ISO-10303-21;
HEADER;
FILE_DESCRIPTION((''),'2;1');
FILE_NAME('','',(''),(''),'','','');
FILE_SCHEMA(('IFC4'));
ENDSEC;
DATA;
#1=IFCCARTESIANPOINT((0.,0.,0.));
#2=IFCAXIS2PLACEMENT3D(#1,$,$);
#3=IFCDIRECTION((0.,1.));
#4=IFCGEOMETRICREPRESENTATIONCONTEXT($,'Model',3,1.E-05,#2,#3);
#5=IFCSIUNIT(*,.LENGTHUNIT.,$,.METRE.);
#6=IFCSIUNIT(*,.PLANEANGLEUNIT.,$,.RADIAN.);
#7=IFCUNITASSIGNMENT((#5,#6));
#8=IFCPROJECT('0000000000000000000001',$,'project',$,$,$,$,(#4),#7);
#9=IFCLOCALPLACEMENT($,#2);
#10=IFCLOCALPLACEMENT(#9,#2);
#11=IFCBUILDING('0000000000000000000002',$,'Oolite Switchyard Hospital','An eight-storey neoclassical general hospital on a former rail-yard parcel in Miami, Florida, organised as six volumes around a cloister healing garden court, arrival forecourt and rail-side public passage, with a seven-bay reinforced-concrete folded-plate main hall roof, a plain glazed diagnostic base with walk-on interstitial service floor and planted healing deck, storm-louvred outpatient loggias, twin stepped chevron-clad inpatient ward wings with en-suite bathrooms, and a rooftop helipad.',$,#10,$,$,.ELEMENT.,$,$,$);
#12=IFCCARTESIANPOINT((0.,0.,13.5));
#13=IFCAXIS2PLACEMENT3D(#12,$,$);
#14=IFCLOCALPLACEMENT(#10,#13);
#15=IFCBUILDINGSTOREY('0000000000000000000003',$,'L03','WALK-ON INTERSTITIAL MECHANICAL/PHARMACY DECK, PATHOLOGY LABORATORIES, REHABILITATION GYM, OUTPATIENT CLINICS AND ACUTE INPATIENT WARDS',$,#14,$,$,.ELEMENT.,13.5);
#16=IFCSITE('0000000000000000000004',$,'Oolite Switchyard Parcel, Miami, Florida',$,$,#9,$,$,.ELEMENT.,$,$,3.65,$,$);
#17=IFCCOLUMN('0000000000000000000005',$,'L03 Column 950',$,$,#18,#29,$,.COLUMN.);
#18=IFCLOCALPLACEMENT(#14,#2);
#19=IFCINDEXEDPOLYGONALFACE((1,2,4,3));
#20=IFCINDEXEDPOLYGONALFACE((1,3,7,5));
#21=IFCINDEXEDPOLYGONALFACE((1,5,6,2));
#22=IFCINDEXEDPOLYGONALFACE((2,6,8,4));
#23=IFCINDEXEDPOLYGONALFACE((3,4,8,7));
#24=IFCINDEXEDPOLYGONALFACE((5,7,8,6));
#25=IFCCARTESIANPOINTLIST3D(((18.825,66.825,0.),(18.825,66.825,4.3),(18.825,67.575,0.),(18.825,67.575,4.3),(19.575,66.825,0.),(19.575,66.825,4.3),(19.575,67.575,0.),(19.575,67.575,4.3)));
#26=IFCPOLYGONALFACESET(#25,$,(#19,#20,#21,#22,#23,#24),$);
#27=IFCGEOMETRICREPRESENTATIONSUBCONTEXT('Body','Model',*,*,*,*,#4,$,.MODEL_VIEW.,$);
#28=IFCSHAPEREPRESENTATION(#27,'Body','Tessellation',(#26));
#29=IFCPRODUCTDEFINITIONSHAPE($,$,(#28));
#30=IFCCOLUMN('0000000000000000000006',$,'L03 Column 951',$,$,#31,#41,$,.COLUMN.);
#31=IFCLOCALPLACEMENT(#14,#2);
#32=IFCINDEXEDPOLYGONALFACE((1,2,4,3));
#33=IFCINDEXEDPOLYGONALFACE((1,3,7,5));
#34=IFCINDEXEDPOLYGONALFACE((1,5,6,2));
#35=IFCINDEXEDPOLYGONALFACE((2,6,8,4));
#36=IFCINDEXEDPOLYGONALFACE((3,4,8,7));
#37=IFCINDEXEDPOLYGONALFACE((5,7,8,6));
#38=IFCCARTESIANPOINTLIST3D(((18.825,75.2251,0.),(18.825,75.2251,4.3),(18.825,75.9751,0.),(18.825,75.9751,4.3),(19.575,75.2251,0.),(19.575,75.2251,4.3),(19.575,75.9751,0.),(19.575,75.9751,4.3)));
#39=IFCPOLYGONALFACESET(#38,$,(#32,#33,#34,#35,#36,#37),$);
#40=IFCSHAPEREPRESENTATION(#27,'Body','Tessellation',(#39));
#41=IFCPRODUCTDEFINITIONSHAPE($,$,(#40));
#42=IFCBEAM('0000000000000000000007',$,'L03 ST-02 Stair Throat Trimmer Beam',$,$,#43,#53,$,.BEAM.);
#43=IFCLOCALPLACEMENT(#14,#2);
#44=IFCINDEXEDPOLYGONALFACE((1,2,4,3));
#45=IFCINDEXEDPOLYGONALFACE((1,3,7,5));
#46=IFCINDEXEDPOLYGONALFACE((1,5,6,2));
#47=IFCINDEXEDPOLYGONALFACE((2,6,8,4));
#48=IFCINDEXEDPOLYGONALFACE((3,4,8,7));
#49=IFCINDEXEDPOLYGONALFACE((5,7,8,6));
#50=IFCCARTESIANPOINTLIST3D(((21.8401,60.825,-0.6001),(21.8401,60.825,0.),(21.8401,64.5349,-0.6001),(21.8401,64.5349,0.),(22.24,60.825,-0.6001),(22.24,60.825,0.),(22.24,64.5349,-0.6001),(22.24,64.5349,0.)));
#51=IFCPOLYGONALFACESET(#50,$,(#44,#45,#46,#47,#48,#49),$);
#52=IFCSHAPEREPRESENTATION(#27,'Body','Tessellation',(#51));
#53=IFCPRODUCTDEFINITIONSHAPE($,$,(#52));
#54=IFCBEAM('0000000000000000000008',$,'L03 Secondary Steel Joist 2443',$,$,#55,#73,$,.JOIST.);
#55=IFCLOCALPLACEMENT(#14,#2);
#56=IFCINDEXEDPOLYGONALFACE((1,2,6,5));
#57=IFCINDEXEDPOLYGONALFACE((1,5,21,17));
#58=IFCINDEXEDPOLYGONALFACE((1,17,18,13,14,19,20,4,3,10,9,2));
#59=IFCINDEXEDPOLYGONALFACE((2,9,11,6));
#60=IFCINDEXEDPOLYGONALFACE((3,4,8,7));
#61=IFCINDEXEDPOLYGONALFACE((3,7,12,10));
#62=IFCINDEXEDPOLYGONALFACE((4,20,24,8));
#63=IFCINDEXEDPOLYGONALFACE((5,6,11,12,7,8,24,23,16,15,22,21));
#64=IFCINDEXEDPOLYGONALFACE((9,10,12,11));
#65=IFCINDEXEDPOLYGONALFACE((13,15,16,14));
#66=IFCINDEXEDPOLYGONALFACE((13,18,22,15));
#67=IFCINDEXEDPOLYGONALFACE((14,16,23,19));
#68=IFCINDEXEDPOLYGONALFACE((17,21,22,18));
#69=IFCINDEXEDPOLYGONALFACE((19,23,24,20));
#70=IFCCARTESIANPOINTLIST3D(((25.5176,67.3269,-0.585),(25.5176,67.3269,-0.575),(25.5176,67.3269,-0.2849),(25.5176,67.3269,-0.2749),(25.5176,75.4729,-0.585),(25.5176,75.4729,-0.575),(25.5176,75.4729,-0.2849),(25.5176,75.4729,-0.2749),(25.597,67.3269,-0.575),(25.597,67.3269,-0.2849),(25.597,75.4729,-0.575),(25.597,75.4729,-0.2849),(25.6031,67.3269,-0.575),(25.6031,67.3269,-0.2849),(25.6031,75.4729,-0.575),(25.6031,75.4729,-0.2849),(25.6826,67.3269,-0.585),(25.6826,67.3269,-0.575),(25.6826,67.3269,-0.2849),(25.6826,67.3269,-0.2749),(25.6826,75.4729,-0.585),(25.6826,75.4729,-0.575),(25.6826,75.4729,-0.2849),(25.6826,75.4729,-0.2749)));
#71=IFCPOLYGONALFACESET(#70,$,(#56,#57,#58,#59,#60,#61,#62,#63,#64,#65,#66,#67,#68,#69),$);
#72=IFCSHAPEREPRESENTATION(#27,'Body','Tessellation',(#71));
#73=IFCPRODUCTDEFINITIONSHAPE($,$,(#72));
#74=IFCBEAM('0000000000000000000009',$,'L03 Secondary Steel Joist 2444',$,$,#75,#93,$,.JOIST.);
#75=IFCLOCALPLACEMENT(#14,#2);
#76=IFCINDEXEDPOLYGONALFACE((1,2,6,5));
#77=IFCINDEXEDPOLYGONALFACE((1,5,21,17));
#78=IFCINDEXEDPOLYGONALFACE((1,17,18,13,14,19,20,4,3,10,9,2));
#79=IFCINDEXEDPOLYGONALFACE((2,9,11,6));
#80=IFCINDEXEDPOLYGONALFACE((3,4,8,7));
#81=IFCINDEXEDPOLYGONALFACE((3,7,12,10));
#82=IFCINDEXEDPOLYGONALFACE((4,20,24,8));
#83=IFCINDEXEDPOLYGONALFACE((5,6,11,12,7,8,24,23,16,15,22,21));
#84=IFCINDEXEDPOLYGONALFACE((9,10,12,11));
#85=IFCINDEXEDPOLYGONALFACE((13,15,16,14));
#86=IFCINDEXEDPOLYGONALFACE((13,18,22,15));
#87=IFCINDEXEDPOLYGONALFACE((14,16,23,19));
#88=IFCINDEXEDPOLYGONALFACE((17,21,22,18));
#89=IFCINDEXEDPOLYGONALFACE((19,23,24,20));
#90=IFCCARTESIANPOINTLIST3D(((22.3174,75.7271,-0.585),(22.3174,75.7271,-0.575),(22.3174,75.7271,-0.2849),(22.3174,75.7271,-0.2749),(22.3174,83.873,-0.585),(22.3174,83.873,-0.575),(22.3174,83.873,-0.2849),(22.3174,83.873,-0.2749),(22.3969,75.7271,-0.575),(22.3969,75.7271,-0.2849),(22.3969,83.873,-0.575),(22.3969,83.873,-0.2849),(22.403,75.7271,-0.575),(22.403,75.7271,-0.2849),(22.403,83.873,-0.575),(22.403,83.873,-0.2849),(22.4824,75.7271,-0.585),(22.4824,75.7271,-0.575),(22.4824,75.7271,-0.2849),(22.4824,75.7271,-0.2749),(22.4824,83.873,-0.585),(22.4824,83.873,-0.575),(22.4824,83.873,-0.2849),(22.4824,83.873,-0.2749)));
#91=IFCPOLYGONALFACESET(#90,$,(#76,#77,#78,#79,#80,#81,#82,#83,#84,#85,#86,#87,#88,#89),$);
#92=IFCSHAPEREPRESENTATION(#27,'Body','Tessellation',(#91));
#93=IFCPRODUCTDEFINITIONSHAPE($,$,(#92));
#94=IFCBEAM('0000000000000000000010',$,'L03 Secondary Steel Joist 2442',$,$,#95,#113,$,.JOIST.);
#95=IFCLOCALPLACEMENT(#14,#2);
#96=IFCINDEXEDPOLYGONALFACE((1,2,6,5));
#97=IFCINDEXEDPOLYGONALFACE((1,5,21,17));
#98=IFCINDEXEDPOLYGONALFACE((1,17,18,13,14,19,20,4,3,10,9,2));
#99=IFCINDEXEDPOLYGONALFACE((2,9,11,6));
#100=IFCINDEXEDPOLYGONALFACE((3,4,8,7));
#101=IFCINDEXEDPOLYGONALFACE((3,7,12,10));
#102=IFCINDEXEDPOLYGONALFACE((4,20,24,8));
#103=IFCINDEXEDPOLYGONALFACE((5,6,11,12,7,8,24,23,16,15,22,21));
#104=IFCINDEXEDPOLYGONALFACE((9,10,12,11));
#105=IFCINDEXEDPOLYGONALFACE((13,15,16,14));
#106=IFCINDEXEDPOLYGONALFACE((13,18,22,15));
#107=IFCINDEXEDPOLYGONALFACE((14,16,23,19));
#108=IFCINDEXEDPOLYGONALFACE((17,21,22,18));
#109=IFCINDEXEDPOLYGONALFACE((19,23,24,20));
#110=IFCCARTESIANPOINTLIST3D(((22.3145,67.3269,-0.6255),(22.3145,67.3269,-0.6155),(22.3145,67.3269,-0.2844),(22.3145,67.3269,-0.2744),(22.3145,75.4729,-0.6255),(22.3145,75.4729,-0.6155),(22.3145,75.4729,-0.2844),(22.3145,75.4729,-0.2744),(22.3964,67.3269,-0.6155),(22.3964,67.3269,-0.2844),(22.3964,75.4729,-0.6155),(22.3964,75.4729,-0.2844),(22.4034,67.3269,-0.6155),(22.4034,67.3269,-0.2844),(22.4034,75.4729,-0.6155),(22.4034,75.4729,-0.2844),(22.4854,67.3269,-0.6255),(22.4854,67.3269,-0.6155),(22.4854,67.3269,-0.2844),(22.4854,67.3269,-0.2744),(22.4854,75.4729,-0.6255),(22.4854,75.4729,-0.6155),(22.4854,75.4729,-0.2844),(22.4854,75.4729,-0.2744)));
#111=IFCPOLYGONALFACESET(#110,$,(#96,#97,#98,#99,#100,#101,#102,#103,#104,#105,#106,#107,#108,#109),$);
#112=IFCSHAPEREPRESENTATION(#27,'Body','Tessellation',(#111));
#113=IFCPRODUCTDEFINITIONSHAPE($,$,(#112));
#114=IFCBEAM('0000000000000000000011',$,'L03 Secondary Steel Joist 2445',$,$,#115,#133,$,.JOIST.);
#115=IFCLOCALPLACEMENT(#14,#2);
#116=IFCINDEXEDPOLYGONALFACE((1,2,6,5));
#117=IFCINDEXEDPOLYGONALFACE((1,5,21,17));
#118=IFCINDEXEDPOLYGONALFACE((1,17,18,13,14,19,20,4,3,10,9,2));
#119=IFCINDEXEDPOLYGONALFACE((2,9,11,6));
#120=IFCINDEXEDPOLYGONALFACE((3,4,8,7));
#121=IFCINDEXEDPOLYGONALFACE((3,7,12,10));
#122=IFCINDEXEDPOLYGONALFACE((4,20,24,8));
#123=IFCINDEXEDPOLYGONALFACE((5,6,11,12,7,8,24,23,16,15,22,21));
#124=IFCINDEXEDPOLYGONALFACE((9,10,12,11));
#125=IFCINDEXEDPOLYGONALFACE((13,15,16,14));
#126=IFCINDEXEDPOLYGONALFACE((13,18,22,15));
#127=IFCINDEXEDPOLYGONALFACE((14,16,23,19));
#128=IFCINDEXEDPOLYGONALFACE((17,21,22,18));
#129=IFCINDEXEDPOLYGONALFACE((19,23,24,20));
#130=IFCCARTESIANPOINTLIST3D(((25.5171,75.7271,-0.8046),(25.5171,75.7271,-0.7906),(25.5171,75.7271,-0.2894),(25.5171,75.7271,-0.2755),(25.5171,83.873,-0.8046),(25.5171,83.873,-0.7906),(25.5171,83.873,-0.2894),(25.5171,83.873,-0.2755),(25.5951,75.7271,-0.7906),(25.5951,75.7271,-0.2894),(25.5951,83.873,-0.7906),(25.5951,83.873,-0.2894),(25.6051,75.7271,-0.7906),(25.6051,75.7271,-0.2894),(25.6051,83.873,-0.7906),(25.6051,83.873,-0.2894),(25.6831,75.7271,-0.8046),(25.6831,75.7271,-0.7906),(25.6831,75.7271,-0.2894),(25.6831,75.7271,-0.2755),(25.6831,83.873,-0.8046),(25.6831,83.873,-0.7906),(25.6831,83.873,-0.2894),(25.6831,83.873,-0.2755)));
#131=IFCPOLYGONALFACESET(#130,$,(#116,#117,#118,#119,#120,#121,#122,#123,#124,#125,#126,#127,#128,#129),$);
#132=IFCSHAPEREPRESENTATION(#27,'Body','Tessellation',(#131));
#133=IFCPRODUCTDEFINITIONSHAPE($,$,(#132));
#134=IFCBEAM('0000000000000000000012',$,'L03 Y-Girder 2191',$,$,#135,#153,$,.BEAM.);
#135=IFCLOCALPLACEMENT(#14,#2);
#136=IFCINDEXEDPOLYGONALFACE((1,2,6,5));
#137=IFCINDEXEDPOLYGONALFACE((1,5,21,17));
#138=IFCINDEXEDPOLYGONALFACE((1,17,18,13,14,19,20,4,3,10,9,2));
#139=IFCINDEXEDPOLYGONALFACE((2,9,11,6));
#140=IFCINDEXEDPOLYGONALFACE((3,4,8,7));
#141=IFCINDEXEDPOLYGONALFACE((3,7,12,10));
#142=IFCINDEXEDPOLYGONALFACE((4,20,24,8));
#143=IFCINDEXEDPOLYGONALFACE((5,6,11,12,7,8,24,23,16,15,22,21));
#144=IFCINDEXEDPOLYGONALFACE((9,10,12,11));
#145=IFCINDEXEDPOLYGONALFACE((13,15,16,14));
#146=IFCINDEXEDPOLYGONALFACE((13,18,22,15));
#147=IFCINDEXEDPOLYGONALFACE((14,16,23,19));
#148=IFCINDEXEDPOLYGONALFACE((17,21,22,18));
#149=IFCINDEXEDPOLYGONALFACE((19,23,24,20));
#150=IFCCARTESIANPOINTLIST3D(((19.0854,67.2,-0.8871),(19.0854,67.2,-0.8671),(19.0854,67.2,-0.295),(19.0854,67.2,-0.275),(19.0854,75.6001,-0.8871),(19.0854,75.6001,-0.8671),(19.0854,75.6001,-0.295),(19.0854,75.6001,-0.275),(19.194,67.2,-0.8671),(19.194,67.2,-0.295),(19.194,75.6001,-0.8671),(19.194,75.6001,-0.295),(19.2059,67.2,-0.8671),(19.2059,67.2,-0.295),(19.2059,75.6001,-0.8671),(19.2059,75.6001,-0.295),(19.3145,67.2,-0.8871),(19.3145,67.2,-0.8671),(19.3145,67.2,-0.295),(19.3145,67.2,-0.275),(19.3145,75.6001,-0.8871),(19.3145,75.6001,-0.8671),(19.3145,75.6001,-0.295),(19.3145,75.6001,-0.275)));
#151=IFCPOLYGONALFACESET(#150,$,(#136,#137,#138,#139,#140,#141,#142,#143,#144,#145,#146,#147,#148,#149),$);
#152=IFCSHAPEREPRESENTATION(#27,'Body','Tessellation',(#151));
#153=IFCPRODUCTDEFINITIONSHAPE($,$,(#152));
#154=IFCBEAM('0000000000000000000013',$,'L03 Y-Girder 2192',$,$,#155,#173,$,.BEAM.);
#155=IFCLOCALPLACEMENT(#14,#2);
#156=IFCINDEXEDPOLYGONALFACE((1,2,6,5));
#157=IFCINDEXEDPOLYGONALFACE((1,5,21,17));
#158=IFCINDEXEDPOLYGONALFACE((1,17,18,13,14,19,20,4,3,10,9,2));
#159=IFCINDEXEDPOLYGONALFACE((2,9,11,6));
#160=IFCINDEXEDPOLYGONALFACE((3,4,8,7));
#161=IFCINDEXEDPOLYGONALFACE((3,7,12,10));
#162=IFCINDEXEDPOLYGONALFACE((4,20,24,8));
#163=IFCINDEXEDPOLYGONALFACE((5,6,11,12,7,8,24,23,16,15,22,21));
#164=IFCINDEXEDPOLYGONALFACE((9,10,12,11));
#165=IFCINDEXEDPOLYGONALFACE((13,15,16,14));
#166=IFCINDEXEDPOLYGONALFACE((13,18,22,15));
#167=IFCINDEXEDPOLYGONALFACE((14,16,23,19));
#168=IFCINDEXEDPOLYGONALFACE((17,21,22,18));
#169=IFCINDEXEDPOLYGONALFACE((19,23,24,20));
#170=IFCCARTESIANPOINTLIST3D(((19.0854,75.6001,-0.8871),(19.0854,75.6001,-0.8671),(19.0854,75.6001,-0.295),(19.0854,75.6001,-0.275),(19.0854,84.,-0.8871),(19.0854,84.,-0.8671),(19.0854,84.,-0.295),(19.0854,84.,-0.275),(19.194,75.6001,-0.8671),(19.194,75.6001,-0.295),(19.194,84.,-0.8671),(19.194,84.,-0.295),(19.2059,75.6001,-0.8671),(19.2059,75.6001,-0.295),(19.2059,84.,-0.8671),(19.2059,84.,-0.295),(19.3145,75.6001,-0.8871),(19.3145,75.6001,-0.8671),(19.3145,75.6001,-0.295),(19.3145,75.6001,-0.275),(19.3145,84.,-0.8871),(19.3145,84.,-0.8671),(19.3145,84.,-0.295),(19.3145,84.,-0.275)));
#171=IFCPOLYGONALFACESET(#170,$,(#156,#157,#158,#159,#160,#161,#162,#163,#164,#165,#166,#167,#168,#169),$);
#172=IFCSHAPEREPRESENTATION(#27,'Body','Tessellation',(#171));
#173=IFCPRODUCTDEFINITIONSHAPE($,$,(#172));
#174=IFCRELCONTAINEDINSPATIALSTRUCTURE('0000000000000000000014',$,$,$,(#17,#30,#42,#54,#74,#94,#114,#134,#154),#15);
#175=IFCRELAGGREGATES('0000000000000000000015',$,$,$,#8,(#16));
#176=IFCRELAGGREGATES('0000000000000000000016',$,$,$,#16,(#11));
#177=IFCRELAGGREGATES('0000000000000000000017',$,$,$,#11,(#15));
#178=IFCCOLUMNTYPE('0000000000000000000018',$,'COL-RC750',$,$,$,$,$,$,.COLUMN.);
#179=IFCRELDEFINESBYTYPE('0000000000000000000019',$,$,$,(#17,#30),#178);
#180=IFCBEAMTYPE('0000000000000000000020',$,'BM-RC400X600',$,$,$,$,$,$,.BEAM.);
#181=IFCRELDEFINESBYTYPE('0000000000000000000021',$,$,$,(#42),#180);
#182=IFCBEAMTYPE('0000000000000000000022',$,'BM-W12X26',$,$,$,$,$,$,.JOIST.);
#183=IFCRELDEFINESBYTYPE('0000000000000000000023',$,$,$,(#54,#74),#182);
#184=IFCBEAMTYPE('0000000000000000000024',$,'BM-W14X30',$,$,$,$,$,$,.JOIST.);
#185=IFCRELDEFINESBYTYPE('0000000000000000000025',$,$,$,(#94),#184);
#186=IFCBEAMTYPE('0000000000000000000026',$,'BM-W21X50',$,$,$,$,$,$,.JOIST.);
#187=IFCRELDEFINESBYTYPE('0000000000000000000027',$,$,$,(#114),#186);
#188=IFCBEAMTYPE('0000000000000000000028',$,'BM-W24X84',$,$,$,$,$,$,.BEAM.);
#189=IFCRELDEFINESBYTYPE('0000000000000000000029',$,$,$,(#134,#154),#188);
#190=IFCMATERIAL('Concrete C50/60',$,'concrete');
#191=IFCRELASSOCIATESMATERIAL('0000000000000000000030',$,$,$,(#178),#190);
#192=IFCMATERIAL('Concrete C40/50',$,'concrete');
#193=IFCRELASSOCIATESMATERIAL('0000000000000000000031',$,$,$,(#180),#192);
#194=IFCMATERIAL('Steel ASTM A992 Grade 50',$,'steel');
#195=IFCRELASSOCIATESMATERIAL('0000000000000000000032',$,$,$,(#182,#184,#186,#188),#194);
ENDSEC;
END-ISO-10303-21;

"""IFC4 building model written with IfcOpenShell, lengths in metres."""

from ifc_helpers import new_model, si_unit, direction, frame, origin, origin_2d, place, context, subcontext, project, spatial, rectangle, i_section, extrude, material, material_profile, profile_set, type_object, element, save


model = new_model("IFC4")

# Units and contexts
model_context = context("Model", 3, precision=1e-05, world=origin(), true_north=direction((0.0, 1.0)))
body_context = subcontext(model_context, "Body", "Model", "MODEL_VIEW")
ifc_project = project(units=[si_unit("LENGTHUNIT", "METRE"), si_unit("PLANEANGLEUNIT", "RADIAN")], contexts=[model_context])

# Site, building, storey
site_placement = place(None, origin())
site = spatial("IfcSite", under=ifc_project, at=site_placement, Name="Oolite Switchyard Parcel, Miami, Florida", CompositionType="ELEMENT", RefElevation=3.65)
building_placement = place(site_placement, origin())
building = spatial("IfcBuilding", under=site, at=building_placement, Name="Oolite Switchyard Hospital", Description="An eight-storey neoclassical general hospital on a former rail-yard parcel in Miami, Florida, organised as six volumes around a cloister healing garden court, arrival forecourt and rail-side public passage, with a seven-bay reinforced-concrete folded-plate main hall roof, a plain glazed diagnostic base with walk-on interstitial service floor and planted healing deck, storm-louvred outpatient loggias, twin stepped chevron-clad inpatient ward wings with en-suite bathrooms, and a rooftop helipad.", CompositionType="ELEMENT")
storey_placement = place(building_placement, frame((0.0, 0.0, 13.5)))
storey = spatial("IfcBuildingStorey", under=building, at=storey_placement, Name="L03", Description="WALK-ON INTERSTITIAL MECHANICAL/PHARMACY DECK, PATHOLOGY LABORATORIES, REHABILITATION GYM, OUTPATIENT CLINICS AND ACUTE INPATIENT WARDS", CompositionType="ELEMENT", Elevation=13.5)

# Columns
ifc_material_1 = material(Name="Concrete C50/60", Category="concrete")
ifc_material_profile_1 = material_profile(ifc_material_1, rectangle(XDim=0.75, YDim=0.75, at=origin_2d()), Name="RC750X750")
ifc_profile_set_1 = profile_set([ifc_material_profile_1], Name="Concrete C50/60")
column_type = type_object("IfcColumnType", Name="COL-RC750", PredefinedType="COLUMN", material=ifc_profile_set_1)
for number, where, z_axis, x_axis, name in (
    (1, (19.2, 67.2, 0.0), (0.0, 0.0, 1.0), (1.0, 0.0, 0.0), "L03 Column 950"),
    (2, (19.2, 75.6001, 0.0), (0.0, 0.0, 1.0), (1.0, 0.0, 0.0), "L03 Column 951"),
):
    element("IfcColumn", number, at=place(storey_placement, frame(where, z_axis=z_axis, x_axis=x_axis)), inside=storey, type_object=column_type, Name=name, PredefinedType="COLUMN", context=body_context, shape_type="SweptSolid", body=[
        extrude(rectangle(XDim=0.75, YDim=0.75, at=origin_2d()), origin(), (0.0, 0.0, 1.0), 4.3),
    ])

# Beams
ifc_material_2 = material(Name="Concrete C40/50", Category="concrete")
ifc_material_profile_2 = material_profile(ifc_material_2, rectangle(XDim=0.3999, YDim=0.6001, at=origin_2d()), Name="RCB400X600")
ifc_profile_set_2 = profile_set([ifc_material_profile_2], Name="Concrete C40/50")
beam_type_1 = type_object("IfcBeamType", Name="BM-RC400X600", PredefinedType="BEAM", material=ifc_profile_set_2)
beam_1_placement = place(storey_placement, frame((22.04, 60.825, -0.3), z_axis=(0.0, 1.0, 0.0), x_axis=(-1.0, 0.0, 0.0)))
element("IfcBeam", 3, at=beam_1_placement, inside=storey, type_object=beam_type_1, Name="L03 ST-02 Stair Throat Trimmer Beam", PredefinedType="BEAM", context=body_context, shape_type="SweptSolid", body=[
    extrude(rectangle(XDim=0.3999, YDim=0.6001, at=origin_2d()), origin(), (0.0, 0.0, 1.0), 3.71),
])
ifc_material_3 = material(Name="Steel ASTM A992 Grade 50", Category="steel")
ifc_material_profile_3 = material_profile(ifc_material_3, i_section(OverallWidth=0.165, OverallDepth=0.3101, WebThickness=0.0061, FlangeThickness=0.01, at=origin_2d()), Name="W12X26")
ifc_profile_set_3 = profile_set([ifc_material_profile_3], Name="Steel ASTM A992 Grade 50")
beam_type_2 = type_object("IfcBeamType", Name="BM-W12X26", PredefinedType="JOIST", material=ifc_profile_set_3)
for number, where, z_axis, x_axis, name in (
    (4, (25.6001, 67.3269, -0.4299), (0.0, 1.0, 0.0), (-1.0, 0.0, 0.0), "L03 Secondary Steel Joist 2443"),
    (5, (22.3999, 75.7271, -0.4299), (0.0, 1.0, 0.0), (-1.0, 0.0, 0.0), "L03 Secondary Steel Joist 2444"),
):
    element("IfcBeam", number, at=place(storey_placement, frame(where, z_axis=z_axis, x_axis=x_axis)), inside=storey, type_object=beam_type_2, Name=name, PredefinedType="JOIST", context=body_context, shape_type="SweptSolid", body=[
        extrude(i_section(OverallWidth=0.165, OverallDepth=0.3101, WebThickness=0.0061, FlangeThickness=0.01, at=origin_2d()), origin(), (0.0, 0.0, 1.0), 8.146),
    ])
ifc_material_profile_4 = material_profile(ifc_material_3, i_section(OverallWidth=0.1709, OverallDepth=0.3511, WebThickness=0.0071, FlangeThickness=0.01, at=origin_2d()), Name="W14X30")
ifc_profile_set_4 = profile_set([ifc_material_profile_4], Name="Steel ASTM A992 Grade 50")
beam_type_3 = type_object("IfcBeamType", Name="BM-W14X30", PredefinedType="JOIST", material=ifc_profile_set_4)
beam_2_placement = place(storey_placement, frame((22.3999, 67.3269, -0.45), z_axis=(0.0, 1.0, 0.0), x_axis=(-1.0, 0.0, 0.0)))
element("IfcBeam", 6, at=beam_2_placement, inside=storey, type_object=beam_type_3, Name="L03 Secondary Steel Joist 2442", PredefinedType="JOIST", context=body_context, shape_type="SweptSolid", body=[
    extrude(i_section(OverallWidth=0.1709, OverallDepth=0.3511, WebThickness=0.0071, FlangeThickness=0.01, at=origin_2d()), origin(), (0.0, 0.0, 1.0), 8.146),
])
ifc_material_profile_5 = material_profile(ifc_material_3, i_section(OverallWidth=0.166, OverallDepth=0.5291, WebThickness=0.01, FlangeThickness=0.0139, at=origin_2d()), Name="W21X50")
ifc_profile_set_5 = profile_set([ifc_material_profile_5], Name="Steel ASTM A992 Grade 50")
beam_type_4 = type_object("IfcBeamType", Name="BM-W21X50", PredefinedType="JOIST", material=ifc_profile_set_5)
beam_3_placement = place(storey_placement, frame((25.6001, 75.7271, -0.54), z_axis=(0.0, 1.0, 0.0), x_axis=(-1.0, 0.0, 0.0)))
element("IfcBeam", 7, at=beam_3_placement, inside=storey, type_object=beam_type_4, Name="L03 Secondary Steel Joist 2445", PredefinedType="JOIST", context=body_context, shape_type="SweptSolid", body=[
    extrude(i_section(OverallWidth=0.166, OverallDepth=0.5291, WebThickness=0.01, FlangeThickness=0.0139, at=origin_2d()), origin(), (0.0, 0.0, 1.0), 8.146),
])
ifc_material_profile_6 = material_profile(ifc_material_3, i_section(OverallWidth=0.229, OverallDepth=0.6121, WebThickness=0.012, FlangeThickness=0.02, at=origin_2d()), Name="W24X84")
ifc_profile_set_6 = profile_set([ifc_material_profile_6], Name="Steel ASTM A992 Grade 50")
beam_type_5 = type_object("IfcBeamType", Name="BM-W24X84", PredefinedType="BEAM", material=ifc_profile_set_6)
beam_4_placement = place(storey_placement, frame((19.2, 67.2, -0.5811), z_axis=(0.0, 1.0, 0.0), x_axis=(-1.0, 0.0, 0.0)))
element("IfcBeam", 8, at=beam_4_placement, inside=storey, type_object=beam_type_5, Name="L03 Y-Girder 2191", PredefinedType="BEAM", context=body_context, shape_type="SweptSolid", body=[
    extrude(i_section(OverallWidth=0.229, OverallDepth=0.6121, WebThickness=0.012, FlangeThickness=0.02, at=origin_2d()), origin(), (0.0, 0.0, 1.0), 8.4001),
])
beam_5_placement = place(storey_placement, frame((19.2, 75.6001, -0.5811), z_axis=(0.0, 1.0, 0.0), x_axis=(-1.0, 0.0, 0.0)))
element("IfcBeam", 9, at=beam_5_placement, inside=storey, type_object=beam_type_5, Name="L03 Y-Girder 2192", PredefinedType="BEAM", context=body_context, shape_type="SweptSolid", body=[
    extrude(i_section(OverallWidth=0.229, OverallDepth=0.6121, WebThickness=0.012, FlangeThickness=0.02, at=origin_2d()), origin(), (0.0, 0.0, 1.0), 8.3999),
])

save(model, "model.ifc")
